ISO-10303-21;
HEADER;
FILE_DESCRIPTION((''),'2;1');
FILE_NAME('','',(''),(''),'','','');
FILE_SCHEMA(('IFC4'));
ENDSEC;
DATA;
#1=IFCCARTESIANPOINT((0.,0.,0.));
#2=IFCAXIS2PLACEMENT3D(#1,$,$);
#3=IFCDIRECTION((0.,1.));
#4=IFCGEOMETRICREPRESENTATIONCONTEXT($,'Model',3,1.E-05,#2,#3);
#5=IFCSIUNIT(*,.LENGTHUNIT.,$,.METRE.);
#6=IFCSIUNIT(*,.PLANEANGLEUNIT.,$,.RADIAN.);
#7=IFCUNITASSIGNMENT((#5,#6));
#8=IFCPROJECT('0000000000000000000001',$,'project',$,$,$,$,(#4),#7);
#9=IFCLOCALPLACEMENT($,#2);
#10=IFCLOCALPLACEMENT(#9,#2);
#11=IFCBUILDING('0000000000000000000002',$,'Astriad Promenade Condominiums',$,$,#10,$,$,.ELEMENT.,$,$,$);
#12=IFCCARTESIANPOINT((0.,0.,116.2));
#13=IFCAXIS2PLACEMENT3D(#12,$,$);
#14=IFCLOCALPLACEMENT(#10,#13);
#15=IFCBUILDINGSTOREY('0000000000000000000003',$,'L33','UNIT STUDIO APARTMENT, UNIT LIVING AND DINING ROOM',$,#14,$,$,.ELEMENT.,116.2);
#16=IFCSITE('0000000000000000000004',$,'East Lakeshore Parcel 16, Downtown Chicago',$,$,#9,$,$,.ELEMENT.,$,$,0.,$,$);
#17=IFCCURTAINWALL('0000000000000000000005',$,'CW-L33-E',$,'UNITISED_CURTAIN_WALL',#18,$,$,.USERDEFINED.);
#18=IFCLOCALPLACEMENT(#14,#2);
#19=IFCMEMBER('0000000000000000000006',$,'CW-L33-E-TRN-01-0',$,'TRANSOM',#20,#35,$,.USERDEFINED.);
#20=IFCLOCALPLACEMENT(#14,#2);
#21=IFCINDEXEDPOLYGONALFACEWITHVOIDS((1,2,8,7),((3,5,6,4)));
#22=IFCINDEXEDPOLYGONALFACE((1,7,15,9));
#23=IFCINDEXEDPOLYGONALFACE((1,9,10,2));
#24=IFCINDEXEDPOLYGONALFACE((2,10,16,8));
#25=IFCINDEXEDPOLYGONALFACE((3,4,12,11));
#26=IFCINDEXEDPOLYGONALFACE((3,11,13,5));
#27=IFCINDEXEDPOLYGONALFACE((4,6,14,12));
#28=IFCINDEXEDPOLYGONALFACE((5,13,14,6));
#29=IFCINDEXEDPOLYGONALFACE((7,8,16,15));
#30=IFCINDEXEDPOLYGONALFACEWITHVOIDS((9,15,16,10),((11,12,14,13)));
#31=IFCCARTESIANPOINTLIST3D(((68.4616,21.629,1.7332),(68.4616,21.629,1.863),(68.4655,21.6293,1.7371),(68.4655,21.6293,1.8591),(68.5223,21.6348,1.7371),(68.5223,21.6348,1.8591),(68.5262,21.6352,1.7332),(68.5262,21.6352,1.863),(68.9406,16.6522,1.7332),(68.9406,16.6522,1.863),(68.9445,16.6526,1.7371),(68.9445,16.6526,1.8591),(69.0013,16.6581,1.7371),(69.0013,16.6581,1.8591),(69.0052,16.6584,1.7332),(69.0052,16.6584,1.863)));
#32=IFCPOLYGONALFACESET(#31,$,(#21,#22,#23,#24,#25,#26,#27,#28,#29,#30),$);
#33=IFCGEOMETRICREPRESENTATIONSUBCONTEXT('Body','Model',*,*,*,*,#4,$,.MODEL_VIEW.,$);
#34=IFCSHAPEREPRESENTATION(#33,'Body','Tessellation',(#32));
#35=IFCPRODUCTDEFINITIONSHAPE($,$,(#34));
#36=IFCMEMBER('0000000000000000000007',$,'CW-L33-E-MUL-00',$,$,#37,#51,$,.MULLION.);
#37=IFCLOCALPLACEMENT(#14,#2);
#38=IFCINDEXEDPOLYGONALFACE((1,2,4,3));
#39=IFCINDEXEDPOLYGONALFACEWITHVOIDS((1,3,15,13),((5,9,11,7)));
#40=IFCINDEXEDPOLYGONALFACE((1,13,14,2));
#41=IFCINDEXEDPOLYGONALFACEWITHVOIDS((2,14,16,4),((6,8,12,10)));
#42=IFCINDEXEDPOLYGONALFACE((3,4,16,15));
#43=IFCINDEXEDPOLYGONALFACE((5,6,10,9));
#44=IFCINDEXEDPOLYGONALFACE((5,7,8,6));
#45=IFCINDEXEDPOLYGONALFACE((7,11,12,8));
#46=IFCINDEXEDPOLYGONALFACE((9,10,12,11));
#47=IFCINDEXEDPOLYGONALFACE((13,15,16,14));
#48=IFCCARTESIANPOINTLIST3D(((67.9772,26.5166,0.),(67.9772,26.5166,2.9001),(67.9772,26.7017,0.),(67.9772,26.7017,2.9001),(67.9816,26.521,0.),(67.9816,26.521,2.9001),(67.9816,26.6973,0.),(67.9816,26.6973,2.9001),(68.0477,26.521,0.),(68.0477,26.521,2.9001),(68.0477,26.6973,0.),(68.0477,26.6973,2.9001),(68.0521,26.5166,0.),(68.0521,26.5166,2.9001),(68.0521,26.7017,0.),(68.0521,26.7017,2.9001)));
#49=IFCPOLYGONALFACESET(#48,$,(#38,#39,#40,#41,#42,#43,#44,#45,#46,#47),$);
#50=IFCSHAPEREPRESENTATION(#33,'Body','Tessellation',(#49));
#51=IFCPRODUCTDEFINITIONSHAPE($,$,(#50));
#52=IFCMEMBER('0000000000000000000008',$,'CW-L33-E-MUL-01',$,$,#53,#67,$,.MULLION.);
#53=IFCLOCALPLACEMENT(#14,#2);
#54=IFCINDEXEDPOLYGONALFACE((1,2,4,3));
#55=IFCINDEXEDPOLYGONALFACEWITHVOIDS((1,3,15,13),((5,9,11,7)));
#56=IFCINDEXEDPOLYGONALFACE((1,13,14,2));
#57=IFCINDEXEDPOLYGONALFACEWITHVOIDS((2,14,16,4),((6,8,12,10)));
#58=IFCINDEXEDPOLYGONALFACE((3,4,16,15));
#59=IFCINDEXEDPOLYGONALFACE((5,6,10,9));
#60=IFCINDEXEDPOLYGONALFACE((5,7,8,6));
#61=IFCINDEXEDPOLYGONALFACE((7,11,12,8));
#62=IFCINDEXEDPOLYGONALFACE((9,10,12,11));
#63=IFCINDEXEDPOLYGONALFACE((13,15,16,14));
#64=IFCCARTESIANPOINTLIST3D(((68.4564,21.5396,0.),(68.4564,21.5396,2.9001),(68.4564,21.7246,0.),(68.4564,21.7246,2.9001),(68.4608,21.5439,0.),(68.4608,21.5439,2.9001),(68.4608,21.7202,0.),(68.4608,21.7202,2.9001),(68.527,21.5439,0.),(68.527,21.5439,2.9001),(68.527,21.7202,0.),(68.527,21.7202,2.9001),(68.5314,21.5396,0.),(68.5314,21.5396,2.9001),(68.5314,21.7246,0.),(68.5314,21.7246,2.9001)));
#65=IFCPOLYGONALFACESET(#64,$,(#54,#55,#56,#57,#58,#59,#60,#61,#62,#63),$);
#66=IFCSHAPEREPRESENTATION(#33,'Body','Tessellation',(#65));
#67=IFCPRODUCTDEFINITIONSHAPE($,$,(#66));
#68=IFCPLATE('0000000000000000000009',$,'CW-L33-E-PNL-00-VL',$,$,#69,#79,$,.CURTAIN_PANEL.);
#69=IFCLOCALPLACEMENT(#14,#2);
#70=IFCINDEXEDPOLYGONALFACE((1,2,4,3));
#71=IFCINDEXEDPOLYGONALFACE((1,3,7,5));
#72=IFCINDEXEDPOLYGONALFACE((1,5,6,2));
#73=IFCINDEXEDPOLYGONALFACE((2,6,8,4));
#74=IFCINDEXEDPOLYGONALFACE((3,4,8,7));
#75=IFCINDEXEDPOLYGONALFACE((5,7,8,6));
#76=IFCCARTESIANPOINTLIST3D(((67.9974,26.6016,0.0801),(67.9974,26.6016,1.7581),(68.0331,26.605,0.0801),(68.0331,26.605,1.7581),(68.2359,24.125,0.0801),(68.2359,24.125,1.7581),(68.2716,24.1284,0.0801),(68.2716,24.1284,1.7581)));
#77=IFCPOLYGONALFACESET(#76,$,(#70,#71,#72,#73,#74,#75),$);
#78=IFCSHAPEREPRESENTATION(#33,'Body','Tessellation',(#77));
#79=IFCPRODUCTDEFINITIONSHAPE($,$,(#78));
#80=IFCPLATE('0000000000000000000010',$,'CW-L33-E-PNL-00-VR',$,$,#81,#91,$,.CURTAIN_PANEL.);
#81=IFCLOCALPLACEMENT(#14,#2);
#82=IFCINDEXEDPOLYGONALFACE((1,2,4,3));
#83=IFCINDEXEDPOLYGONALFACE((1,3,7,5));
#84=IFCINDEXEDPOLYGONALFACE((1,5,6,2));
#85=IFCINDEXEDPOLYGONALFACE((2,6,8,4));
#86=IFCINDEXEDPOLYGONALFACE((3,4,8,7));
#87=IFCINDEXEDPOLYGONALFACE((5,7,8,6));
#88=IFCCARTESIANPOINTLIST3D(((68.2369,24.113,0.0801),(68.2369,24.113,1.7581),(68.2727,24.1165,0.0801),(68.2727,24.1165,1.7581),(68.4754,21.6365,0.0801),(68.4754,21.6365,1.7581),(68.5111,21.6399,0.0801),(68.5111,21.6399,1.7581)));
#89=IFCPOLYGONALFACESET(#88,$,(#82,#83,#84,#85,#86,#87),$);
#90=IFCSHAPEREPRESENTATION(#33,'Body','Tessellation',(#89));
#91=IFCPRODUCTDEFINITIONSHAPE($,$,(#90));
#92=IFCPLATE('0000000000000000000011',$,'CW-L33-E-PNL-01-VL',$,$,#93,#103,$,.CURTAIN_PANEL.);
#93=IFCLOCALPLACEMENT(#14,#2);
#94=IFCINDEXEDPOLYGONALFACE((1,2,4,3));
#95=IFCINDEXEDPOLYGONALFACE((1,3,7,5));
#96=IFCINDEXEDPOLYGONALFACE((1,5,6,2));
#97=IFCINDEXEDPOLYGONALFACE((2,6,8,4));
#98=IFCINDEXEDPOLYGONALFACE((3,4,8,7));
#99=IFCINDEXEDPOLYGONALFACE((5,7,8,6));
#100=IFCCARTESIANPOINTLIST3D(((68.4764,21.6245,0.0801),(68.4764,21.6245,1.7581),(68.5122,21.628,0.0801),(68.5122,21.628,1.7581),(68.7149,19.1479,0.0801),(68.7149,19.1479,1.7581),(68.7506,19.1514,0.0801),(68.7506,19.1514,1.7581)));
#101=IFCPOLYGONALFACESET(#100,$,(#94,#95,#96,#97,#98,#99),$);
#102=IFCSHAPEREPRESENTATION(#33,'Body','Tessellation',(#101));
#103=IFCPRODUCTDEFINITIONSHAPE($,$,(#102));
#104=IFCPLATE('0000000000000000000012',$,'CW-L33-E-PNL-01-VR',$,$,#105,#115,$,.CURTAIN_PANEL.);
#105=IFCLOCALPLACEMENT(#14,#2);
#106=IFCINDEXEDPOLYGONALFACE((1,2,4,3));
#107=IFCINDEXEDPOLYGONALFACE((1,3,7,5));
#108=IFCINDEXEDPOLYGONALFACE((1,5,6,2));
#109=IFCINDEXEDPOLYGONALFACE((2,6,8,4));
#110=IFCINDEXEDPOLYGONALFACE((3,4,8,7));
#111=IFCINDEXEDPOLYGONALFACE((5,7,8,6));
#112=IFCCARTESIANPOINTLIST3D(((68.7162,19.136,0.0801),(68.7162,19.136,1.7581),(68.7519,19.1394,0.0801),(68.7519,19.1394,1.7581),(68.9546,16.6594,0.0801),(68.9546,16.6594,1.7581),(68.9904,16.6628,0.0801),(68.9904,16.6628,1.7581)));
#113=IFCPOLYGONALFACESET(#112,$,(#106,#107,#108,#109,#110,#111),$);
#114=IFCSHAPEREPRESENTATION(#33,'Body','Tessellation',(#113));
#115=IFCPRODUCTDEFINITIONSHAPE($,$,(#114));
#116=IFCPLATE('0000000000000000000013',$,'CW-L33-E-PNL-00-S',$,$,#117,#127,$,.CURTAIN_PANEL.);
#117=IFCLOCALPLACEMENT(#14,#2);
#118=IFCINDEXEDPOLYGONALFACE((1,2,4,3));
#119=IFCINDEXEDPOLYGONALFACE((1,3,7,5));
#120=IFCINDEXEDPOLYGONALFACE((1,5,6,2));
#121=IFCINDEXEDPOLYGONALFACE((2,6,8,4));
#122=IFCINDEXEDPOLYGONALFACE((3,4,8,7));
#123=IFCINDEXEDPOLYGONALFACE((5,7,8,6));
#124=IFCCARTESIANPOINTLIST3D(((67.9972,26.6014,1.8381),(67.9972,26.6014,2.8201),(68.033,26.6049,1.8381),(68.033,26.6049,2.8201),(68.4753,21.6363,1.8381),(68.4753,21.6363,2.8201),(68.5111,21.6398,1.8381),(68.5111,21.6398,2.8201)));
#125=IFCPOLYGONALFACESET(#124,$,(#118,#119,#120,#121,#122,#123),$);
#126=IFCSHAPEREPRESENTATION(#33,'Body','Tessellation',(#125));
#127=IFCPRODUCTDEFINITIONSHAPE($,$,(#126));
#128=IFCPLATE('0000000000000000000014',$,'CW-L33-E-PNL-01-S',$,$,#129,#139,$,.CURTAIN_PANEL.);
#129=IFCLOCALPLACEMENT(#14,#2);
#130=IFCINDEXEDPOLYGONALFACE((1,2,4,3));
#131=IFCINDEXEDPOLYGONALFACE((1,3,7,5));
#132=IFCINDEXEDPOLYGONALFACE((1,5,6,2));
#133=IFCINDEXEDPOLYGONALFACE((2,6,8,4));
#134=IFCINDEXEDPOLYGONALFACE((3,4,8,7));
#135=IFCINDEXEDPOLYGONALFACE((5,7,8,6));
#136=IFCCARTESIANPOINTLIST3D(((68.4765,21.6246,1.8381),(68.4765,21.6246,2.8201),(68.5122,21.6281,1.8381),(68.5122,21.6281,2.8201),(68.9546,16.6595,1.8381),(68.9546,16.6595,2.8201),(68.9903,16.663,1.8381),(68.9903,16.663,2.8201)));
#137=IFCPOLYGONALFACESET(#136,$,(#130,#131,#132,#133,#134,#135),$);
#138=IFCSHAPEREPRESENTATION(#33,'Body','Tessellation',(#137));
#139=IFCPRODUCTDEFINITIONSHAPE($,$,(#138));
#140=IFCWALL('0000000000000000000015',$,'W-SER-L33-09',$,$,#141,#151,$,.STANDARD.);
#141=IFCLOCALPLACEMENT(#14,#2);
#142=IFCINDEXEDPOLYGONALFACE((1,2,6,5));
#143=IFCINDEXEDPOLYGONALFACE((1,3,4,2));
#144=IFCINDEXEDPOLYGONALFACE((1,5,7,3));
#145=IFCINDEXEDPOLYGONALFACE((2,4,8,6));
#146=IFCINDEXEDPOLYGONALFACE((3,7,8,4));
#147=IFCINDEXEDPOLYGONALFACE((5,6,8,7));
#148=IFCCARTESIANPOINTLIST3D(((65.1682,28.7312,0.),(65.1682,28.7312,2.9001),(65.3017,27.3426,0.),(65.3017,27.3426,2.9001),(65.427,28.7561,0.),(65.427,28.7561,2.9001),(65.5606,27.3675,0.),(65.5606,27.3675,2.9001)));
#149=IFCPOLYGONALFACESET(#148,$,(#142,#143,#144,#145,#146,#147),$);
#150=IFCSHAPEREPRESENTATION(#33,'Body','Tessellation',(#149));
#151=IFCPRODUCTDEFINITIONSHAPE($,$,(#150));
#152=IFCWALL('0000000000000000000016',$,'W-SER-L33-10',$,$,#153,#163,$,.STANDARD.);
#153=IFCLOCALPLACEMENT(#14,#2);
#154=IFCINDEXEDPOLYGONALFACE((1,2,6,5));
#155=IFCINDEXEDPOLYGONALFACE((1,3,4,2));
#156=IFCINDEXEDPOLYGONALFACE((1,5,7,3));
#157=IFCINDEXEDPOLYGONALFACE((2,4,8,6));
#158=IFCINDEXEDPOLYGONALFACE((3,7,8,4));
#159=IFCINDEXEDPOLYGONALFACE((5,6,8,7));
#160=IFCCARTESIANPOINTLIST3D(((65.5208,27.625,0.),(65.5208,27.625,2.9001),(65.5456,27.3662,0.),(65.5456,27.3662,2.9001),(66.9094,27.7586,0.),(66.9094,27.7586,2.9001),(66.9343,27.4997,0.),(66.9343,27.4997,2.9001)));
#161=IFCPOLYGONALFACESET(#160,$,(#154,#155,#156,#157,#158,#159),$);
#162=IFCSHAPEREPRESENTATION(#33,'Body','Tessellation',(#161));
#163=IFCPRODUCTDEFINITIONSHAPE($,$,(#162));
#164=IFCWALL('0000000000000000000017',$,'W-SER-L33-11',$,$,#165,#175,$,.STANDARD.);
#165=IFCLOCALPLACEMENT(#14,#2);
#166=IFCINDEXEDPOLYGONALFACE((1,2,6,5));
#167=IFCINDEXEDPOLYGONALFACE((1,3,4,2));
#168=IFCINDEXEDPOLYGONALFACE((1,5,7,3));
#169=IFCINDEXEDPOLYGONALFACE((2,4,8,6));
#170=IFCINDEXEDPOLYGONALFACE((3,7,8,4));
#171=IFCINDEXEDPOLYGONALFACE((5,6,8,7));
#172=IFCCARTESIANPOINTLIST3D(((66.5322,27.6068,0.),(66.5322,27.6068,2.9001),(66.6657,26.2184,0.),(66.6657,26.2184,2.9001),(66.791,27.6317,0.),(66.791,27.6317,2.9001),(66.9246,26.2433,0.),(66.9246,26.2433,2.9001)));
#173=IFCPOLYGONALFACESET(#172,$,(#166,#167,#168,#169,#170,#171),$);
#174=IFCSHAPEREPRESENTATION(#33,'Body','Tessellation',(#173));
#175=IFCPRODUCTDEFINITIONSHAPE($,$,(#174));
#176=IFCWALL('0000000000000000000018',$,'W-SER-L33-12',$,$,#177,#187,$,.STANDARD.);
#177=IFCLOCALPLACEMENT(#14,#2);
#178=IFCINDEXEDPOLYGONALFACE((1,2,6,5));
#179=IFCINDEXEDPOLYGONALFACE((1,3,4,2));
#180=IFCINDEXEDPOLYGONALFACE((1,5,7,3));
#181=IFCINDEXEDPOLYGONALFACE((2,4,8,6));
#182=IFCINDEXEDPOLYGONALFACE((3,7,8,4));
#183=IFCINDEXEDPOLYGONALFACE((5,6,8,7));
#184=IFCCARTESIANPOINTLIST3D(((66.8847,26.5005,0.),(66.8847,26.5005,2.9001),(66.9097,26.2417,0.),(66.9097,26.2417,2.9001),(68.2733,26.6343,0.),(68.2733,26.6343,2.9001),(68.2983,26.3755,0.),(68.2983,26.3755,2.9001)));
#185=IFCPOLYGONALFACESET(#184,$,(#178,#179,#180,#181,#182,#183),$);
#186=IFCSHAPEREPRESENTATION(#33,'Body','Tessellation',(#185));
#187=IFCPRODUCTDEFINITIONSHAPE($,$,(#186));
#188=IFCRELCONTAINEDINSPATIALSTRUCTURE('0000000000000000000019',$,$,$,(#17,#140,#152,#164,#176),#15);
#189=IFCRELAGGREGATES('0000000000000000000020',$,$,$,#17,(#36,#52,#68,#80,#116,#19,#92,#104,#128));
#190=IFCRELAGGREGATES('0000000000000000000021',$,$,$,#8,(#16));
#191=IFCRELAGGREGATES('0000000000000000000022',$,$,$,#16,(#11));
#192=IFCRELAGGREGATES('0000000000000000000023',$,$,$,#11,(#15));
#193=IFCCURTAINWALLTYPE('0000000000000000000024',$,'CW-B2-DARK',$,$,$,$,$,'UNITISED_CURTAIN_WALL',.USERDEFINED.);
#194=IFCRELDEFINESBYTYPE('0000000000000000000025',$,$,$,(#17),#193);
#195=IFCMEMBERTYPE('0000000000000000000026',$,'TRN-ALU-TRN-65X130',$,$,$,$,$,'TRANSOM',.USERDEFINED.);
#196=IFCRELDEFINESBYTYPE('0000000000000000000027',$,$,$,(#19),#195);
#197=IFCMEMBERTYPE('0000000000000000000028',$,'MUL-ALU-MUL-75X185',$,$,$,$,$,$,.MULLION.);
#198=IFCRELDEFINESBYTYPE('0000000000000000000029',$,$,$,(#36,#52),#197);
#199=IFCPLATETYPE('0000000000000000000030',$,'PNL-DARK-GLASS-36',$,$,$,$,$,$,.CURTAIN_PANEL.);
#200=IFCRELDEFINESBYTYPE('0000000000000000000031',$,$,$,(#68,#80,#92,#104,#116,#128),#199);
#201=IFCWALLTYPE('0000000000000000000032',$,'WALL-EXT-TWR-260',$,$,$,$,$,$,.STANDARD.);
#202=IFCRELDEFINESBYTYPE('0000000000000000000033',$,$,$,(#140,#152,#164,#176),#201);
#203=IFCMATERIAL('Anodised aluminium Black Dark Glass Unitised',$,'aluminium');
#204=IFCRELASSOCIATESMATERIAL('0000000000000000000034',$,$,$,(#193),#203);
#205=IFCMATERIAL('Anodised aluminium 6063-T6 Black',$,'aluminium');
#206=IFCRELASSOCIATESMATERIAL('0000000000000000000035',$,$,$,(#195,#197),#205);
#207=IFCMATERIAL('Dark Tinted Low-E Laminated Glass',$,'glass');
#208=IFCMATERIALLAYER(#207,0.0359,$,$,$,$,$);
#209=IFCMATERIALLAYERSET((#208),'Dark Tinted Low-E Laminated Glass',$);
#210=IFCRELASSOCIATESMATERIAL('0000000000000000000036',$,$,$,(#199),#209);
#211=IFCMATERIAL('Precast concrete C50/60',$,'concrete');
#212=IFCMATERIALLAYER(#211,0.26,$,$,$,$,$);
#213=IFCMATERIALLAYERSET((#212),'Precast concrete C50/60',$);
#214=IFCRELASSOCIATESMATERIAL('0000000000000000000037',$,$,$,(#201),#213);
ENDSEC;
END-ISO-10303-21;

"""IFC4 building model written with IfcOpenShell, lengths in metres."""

from ifc_helpers import new_model, si_unit, direction, frame, frame_2d, origin, origin_2d, place, context, subcontext, project, spatial, rectangle, hollow_rectangle, extrude, source, transform, mapped, material, layer, layer_set, material_profile, profile_set, type_object, type_shapes, element, aggregate, save


model = new_model("IFC4")

# Units and contexts
model_context = context("Model", 3, precision=1e-05, world=origin(), true_north=direction((0.0, 1.0)))
body_context = subcontext(model_context, "Body", "Model", "MODEL_VIEW")
ifc_project = project(units=[si_unit("LENGTHUNIT", "METRE"), si_unit("PLANEANGLEUNIT", "RADIAN")], contexts=[model_context])

# Site, building, storey
site_placement = place(None, origin())
site = spatial("IfcSite", under=ifc_project, at=site_placement, Name="East Lakeshore Parcel 16, Downtown Chicago", CompositionType="ELEMENT", RefElevation=0.0)
building_placement = place(site_placement, origin())
building = spatial("IfcBuilding", under=site, at=building_placement, Name="Astriad Promenade Condominiums", CompositionType="ELEMENT")
storey_placement = place(building_placement, frame((0.0, 0.0, 116.2)))
storey = spatial("IfcBuildingStorey", under=building, at=storey_placement, Name="L33", Description="UNIT STUDIO APARTMENT, UNIT LIVING AND DINING ROOM", CompositionType="ELEMENT", Elevation=116.2)

# Curtain wall, members, plates
ifc_material_1 = material(Name="Anodised aluminium Black Dark Glass Unitised", Category="aluminium")
curtain_wall_type = type_object("IfcCurtainWallType", Name="CW-B2-DARK", ElementType="UNITISED_CURTAIN_WALL", PredefinedType="USERDEFINED", material=ifc_material_1)
curtain_wall_placement = place(storey_placement, origin())
curtain_wall = element("IfcCurtainWall", 1, at=curtain_wall_placement, inside=storey, type_object=curtain_wall_type, Name="CW-L33-E", ObjectType="UNITISED_CURTAIN_WALL", PredefinedType="USERDEFINED")
ifc_material_2 = material(Name="Anodised aluminium 6063-T6 Black", Category="aluminium")
ifc_material_profile_1 = material_profile(ifc_material_2, hollow_rectangle(XDim=0.0649, YDim=0.1299, WallThickness=0.0039, at=origin_2d()), Name="ALU-TRN-65X130")
ifc_profile_set_1 = profile_set([ifc_material_profile_1], Name="Anodised aluminium 6063-T6 Black")
member_type_1 = type_object("IfcMemberType", Name="TRN-ALU-TRN-65X130", ElementType="TRANSOM", PredefinedType="USERDEFINED", material=ifc_profile_set_1)
shared_shape_1 = source(origin(), body_context, "Body", "SweptSolid", [
    extrude(hollow_rectangle(XDim=0.0649, YDim=0.1299, WallThickness=0.0039, at=origin_2d()), origin(), (0.0, 0.0, 1.0), 4.9998),
])
member_1_placement = place(storey_placement, frame((68.4939, 21.6321, 1.7981), z_axis=(0.095805, -0.9954, 0.0), x_axis=(0.9954, 0.095805, 0.0)))
member_1 = element("IfcMember", 2, at=member_1_placement, type_object=member_type_1, Name="CW-L33-E-TRN-01-0", ObjectType="TRANSOM", PredefinedType="USERDEFINED", context=body_context, shape_type="MappedRepresentation", body=[
    mapped(shared_shape_1, transform((0.0, 0.0, 0.0), scale=1.0)),
])
ifc_material_profile_2 = material_profile(ifc_material_2, hollow_rectangle(XDim=0.075, YDim=0.1851, WallThickness=0.0044, at=origin_2d()), Name="ALU-MUL-75X185")
ifc_profile_set_2 = profile_set([ifc_material_profile_2], Name="Anodised aluminium 6063-T6 Black")
member_type_2 = type_object("IfcMemberType", Name="MUL-ALU-MUL-75X185", PredefinedType="MULLION", material=ifc_profile_set_2)
shared_shape_2 = source(origin(), body_context, "Body", "SweptSolid", [
    extrude(hollow_rectangle(XDim=0.075, YDim=0.1851, WallThickness=0.0044, at=origin_2d()), origin(), (0.0, 0.0, 1.0), 2.9001),
])
type_shapes(member_type_2, [shared_shape_2])
member_2_placement = place(storey_placement, frame((68.0146, 26.6091, 0.0), z_axis=(0.0, 0.0, 1.0), x_axis=(1.0, 0.0, 0.0)))
member_2 = element("IfcMember", 3, at=member_2_placement, type_object=member_type_2, Name="CW-L33-E-MUL-00", PredefinedType="MULLION", context=body_context, shape_type="MappedRepresentation", body=[
    mapped(shared_shape_2, transform((0.0, 0.0, 0.0), scale=1.0)),
])
member_3_placement = place(storey_placement, frame((68.4939, 21.6321, 0.0), z_axis=(0.0, 0.0, 1.0), x_axis=(1.0, 0.0, 0.0)))
member_3 = element("IfcMember", 4, at=member_3_placement, type_object=member_type_2, Name="CW-L33-E-MUL-01", PredefinedType="MULLION", context=body_context, shape_type="MappedRepresentation", body=[
    mapped(shared_shape_2, transform((0.0, 0.0, 0.0), scale=1.0)),
])
ifc_material_3 = material(Name="Dark Tinted Low-E Laminated Glass", Category="glass")
ifc_layer_1 = layer(ifc_material_3, 0.0359)
ifc_layer_set_1 = layer_set([ifc_layer_1], Name="Dark Tinted Low-E Laminated Glass")
plate_type = type_object("IfcPlateType", Name="PNL-DARK-GLASS-36", PredefinedType="CURTAIN_PANEL", material=ifc_layer_set_1)
shared_shape_3 = source(origin(), body_context, "Body", "SweptSolid", [
    extrude(rectangle(XDim=2.488, YDim=0.0359, at=origin_2d()), origin(), (0.0, 0.0, 1.0), 1.678),
])
plate_1_placement = place(storey_placement, frame((68.1345, 25.365, 0.0801), z_axis=(0.0, 0.0, 1.0), x_axis=(0.095846, -0.995396, 0.0)))
plate_1 = element("IfcPlate", 5, at=plate_1_placement, type_object=plate_type, Name="CW-L33-E-PNL-00-VL", PredefinedType="CURTAIN_PANEL", context=body_context, shape_type="MappedRepresentation", body=[
    mapped(shared_shape_3, transform((0.0, 0.0, 0.0), scale=1.0)),
])
plate_2_placement = place(storey_placement, frame((68.374, 22.8765, 0.0801), z_axis=(0.0, 0.0, 1.0), x_axis=(0.095846, -0.995396, 0.0)))
plate_2 = element("IfcPlate", 6, at=plate_2_placement, type_object=plate_type, Name="CW-L33-E-PNL-00-VR", PredefinedType="CURTAIN_PANEL", context=body_context, shape_type="MappedRepresentation", body=[
    mapped(shared_shape_3, transform((0.0, 0.0, 0.0), scale=1.0)),
])
plate_3_placement = place(storey_placement, frame((68.6135, 20.3879, 0.0801), z_axis=(0.0, 0.0, 1.0), x_axis=(0.095846, -0.995396, 0.0)))
plate_3 = element("IfcPlate", 7, at=plate_3_placement, type_object=plate_type, Name="CW-L33-E-PNL-01-VL", PredefinedType="CURTAIN_PANEL", context=body_context, shape_type="MappedRepresentation", body=[
    mapped(shared_shape_3, transform((0.0, 0.0, 0.0), scale=1.0)),
])
plate_4_placement = place(storey_placement, frame((68.8533, 17.8994, 0.0801), z_axis=(0.0, 0.0, 1.0), x_axis=(0.095846, -0.995396, 0.0)))
plate_4 = element("IfcPlate", 8, at=plate_4_placement, type_object=plate_type, Name="CW-L33-E-PNL-01-VR", PredefinedType="CURTAIN_PANEL", context=body_context, shape_type="MappedRepresentation", body=[
    mapped(shared_shape_3, transform((0.0, 0.0, 0.0), scale=1.0)),
])
shared_shape_4 = source(origin(), body_context, "Body", "SweptSolid", [
    extrude(rectangle(XDim=4.988, YDim=0.0359, at=origin_2d()), origin(), (0.0, 0.0, 1.0), 0.9819),
])
type_shapes(plate_type, [shared_shape_3, shared_shape_4])
plate_5_placement = place(storey_placement, frame((68.2542, 24.1206, 1.8381), z_axis=(0.0, 0.0, 1.0), x_axis=(0.095846, -0.995396, 0.0)))
plate_5 = element("IfcPlate", 9, at=plate_5_placement, type_object=plate_type, Name="CW-L33-E-PNL-00-S", PredefinedType="CURTAIN_PANEL", context=body_context, shape_type="MappedRepresentation", body=[
    mapped(shared_shape_4, transform((0.0, 0.0, 0.0), scale=1.0)),
])
plate_6_placement = place(storey_placement, frame((68.7334, 19.1438, 1.8381), z_axis=(0.0, 0.0, 1.0), x_axis=(0.095846, -0.995396, 0.0)))
plate_6 = element("IfcPlate", 10, at=plate_6_placement, type_object=plate_type, Name="CW-L33-E-PNL-01-S", PredefinedType="CURTAIN_PANEL", context=body_context, shape_type="MappedRepresentation", body=[
    mapped(shared_shape_4, transform((0.0, 0.0, 0.0), scale=1.0)),
])
aggregate(curtain_wall, [member_2, member_3, plate_1, plate_2, plate_5, member_1, plate_3, plate_4, plate_6])

# Walls
ifc_material_4 = material(Name="Precast concrete C50/60", Category="concrete")
ifc_layer_2 = layer(ifc_material_4, 0.26)
ifc_layer_set_2 = layer_set([ifc_layer_2], Name="Precast concrete C50/60")
wall_type_1 = type_object("IfcWallType", Name="WALL-EXT-TWR-260", PredefinedType="STANDARD", material=ifc_layer_set_2)
for number, where, z_axis, x_axis, name in (
    (11, (65.2976, 28.7437, 0.0), (0.0, 0.0, 1.0), (0.095726, -0.995408, 0.0), "W-SER-L33-09"),
    (12, (65.5332, 27.4956, 0.0), (0.0, 0.0, 1.0), (0.995408, 0.095726, 0.0), "W-SER-L33-10"),
):
    element("IfcWall", number, at=place(storey_placement, frame(where, z_axis=z_axis, x_axis=x_axis)), inside=storey, type_object=wall_type_1, Name=name, PredefinedType="STANDARD", context=body_context, shape_type="SweptSolid", body=[
        extrude(rectangle(XDim=1.395, YDim=0.26, at=frame_2d((0.6975, 0.0))), origin(), (0.0, 0.0, 1.0), 2.9001),
    ])
wall_1_placement = place(storey_placement, frame((66.6616, 27.6191, 0.0), z_axis=(0.0, 0.0, 1.0), x_axis=(0.095742, -0.995406, 0.0)))
element("IfcWall", 13, at=wall_1_placement, inside=storey, type_object=wall_type_1, Name="W-SER-L33-11", PredefinedType="STANDARD", context=body_context, shape_type="SweptSolid", body=[
    extrude(rectangle(XDim=1.3948, YDim=0.26, at=frame_2d((0.6973, 0.0))), origin(), (0.0, 0.0, 1.0), 2.9001),
])
wall_2_placement = place(storey_placement, frame((66.8972, 26.3711, 0.0), z_axis=(0.0, 0.0, 1.0), x_axis=(0.995391, 0.095899, 0.0)))
element("IfcWall", 14, at=wall_2_placement, inside=storey, type_object=wall_type_1, Name="W-SER-L33-12", PredefinedType="STANDARD", context=body_context, shape_type="SweptSolid", body=[
    extrude(rectangle(XDim=1.395, YDim=0.26, at=frame_2d((0.6975, 0.0))), origin(), (0.0, 0.0, 1.0), 2.9001),
])

save(model, "model.ifc")
